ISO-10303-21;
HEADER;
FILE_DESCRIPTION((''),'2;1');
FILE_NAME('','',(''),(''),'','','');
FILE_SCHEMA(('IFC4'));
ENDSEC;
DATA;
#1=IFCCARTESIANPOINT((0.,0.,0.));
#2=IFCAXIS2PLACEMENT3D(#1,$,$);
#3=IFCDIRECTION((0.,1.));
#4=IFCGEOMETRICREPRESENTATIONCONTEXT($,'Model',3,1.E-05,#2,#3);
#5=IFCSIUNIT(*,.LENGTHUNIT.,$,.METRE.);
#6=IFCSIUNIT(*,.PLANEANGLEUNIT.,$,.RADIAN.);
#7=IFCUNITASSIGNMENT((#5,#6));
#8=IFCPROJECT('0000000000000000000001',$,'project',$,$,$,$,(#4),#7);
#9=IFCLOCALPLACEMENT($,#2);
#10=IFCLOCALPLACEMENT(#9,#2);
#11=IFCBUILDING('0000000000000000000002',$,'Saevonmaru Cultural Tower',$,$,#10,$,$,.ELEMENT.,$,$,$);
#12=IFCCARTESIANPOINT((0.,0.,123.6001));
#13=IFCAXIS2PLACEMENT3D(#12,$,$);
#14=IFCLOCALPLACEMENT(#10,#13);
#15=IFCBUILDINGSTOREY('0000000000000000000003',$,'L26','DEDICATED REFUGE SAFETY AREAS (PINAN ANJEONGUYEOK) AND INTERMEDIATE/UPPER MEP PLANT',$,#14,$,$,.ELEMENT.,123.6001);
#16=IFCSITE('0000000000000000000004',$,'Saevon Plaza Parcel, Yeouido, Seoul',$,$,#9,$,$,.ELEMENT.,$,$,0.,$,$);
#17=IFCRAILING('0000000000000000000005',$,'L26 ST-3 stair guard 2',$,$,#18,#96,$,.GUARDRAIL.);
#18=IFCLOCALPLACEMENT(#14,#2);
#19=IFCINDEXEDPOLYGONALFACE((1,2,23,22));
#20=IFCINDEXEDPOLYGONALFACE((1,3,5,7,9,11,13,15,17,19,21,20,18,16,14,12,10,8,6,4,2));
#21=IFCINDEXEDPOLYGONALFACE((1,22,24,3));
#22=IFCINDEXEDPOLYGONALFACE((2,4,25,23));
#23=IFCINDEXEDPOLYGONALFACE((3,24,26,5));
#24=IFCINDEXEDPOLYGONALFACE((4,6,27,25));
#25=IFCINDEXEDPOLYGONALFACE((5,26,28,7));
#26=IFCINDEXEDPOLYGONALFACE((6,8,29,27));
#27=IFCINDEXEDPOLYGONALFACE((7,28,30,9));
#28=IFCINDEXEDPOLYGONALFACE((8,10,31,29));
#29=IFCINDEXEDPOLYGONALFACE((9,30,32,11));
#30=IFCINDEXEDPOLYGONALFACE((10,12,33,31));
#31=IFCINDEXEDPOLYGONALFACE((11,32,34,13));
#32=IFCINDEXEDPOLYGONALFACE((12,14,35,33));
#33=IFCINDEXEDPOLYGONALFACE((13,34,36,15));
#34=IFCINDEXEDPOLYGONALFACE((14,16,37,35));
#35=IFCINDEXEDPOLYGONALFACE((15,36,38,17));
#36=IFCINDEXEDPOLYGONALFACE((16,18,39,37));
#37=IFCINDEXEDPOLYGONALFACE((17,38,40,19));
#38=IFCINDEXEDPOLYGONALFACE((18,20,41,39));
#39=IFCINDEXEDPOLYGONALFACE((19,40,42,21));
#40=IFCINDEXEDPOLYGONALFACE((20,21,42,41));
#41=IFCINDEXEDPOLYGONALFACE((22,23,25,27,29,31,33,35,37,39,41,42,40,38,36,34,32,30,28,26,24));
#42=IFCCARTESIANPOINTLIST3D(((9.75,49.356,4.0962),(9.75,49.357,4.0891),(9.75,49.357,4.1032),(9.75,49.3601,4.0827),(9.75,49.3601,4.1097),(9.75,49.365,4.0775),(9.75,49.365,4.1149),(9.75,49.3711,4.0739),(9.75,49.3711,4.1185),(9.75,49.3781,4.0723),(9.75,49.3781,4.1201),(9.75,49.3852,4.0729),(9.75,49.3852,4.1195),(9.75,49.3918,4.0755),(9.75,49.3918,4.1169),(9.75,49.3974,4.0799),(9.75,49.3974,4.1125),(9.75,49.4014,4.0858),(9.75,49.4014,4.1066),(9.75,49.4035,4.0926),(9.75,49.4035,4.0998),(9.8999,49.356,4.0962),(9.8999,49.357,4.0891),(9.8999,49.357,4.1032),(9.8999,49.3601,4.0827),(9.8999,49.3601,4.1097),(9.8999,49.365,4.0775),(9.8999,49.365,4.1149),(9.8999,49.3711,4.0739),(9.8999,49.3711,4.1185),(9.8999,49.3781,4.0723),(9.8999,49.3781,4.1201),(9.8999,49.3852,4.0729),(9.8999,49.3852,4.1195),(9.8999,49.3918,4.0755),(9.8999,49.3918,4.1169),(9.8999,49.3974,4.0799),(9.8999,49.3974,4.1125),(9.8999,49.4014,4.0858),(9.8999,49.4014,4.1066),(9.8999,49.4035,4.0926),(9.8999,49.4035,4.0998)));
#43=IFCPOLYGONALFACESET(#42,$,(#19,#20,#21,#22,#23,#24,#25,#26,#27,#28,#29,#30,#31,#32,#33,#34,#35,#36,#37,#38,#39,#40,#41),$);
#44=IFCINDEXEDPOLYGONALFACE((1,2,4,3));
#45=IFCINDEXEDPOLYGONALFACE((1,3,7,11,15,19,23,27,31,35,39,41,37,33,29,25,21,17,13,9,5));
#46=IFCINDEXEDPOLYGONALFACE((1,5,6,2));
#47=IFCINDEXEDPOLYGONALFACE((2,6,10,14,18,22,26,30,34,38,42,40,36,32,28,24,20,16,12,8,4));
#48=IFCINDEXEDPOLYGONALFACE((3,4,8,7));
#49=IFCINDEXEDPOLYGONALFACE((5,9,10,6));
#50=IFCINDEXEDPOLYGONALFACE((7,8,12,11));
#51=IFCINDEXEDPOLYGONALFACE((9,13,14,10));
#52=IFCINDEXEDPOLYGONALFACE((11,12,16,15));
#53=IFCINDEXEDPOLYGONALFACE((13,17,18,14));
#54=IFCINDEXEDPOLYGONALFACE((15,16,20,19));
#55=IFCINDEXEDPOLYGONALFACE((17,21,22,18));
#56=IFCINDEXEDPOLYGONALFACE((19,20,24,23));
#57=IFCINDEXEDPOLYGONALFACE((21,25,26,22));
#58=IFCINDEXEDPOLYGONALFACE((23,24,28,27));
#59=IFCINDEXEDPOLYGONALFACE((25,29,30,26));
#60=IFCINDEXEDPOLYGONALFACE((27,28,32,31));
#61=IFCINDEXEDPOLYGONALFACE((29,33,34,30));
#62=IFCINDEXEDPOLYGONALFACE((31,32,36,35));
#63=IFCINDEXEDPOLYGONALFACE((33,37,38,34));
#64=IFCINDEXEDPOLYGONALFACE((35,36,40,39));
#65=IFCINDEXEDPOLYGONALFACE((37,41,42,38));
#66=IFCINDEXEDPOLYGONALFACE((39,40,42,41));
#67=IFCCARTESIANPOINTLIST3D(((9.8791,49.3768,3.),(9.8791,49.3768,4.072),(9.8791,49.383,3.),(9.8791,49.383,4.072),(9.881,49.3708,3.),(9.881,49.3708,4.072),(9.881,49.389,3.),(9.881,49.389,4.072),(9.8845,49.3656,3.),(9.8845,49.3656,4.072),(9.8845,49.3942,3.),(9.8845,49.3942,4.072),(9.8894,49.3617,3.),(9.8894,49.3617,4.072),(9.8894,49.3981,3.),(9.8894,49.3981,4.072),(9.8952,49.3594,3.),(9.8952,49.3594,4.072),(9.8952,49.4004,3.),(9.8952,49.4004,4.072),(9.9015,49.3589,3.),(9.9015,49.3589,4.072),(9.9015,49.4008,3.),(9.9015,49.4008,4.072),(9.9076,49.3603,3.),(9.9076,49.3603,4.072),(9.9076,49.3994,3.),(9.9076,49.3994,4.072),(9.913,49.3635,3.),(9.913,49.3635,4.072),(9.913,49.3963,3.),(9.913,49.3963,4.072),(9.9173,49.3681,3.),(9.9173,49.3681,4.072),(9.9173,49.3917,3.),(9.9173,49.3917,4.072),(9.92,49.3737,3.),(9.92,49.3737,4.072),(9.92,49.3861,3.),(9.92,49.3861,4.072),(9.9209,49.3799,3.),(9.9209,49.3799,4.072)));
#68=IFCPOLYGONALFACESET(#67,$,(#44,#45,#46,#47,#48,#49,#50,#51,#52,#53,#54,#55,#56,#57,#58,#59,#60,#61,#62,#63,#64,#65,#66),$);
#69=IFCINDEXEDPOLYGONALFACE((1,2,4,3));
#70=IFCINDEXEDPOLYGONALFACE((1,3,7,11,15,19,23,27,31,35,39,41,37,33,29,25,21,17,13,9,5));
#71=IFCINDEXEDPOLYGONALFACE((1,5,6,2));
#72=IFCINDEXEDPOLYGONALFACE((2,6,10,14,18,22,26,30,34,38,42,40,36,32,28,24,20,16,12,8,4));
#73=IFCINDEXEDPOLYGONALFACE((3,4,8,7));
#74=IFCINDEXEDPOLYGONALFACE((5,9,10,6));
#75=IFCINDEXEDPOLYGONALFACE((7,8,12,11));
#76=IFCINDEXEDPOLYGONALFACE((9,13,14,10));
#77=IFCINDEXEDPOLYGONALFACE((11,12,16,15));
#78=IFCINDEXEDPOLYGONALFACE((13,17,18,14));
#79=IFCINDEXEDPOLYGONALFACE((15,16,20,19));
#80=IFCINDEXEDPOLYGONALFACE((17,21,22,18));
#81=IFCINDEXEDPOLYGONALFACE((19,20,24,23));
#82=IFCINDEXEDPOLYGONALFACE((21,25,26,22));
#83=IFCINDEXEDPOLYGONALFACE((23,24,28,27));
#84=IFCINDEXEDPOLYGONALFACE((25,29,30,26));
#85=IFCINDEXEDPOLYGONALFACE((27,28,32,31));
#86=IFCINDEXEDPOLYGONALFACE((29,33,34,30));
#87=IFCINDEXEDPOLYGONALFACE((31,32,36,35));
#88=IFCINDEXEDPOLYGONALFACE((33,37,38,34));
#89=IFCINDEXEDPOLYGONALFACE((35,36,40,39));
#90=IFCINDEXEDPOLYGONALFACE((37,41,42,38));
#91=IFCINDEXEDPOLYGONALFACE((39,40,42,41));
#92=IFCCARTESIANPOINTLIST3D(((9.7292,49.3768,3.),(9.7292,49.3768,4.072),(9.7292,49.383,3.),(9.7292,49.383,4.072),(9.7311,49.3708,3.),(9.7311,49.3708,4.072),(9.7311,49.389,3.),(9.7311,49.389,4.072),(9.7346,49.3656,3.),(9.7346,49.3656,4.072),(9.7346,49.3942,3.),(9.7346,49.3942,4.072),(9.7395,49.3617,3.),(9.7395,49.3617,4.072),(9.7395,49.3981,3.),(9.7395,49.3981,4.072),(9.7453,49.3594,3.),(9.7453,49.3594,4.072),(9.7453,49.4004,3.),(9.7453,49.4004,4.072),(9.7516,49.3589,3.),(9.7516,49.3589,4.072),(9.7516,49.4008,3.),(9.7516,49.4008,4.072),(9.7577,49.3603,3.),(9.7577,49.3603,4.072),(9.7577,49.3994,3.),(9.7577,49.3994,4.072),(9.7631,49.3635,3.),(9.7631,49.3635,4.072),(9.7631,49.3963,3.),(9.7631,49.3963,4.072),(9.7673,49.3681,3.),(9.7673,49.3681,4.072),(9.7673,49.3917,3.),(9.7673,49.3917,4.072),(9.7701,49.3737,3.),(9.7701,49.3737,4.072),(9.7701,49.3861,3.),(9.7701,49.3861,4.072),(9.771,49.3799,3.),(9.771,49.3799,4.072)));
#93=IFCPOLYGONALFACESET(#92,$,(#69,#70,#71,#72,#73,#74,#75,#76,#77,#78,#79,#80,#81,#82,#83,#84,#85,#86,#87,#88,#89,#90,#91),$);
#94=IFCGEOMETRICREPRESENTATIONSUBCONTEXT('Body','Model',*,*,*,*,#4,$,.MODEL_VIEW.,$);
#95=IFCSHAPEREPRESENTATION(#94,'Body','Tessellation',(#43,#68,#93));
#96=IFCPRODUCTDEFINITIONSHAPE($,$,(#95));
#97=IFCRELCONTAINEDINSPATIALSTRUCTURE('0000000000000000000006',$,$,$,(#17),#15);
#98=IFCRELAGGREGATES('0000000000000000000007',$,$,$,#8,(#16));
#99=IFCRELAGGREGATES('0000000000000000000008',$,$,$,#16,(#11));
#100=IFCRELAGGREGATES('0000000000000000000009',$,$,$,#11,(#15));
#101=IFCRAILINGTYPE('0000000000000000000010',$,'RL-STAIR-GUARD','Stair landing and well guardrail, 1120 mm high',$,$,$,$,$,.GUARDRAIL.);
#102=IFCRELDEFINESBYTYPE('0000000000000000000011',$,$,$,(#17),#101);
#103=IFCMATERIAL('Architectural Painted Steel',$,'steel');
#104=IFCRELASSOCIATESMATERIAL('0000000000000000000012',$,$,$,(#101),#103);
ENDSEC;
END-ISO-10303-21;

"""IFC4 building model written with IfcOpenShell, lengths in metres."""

from ifc_helpers import new_model, si_unit, direction, frame, origin, origin_2d, place, context, subcontext, project, spatial, circle, extrude, material, type_object, element, save


model = new_model("IFC4")

# Units and contexts
model_context = context("Model", 3, precision=1e-05, world=origin(), true_north=direction((0.0, 1.0)))
body_context = subcontext(model_context, "Body", "Model", "MODEL_VIEW")
ifc_project = project(units=[si_unit("LENGTHUNIT", "METRE"), si_unit("PLANEANGLEUNIT", "RADIAN")], contexts=[model_context])

# Site, building, storey
site_placement = place(None, origin())
site = spatial("IfcSite", under=ifc_project, at=site_placement, Name="Saevon Plaza Parcel, Yeouido, Seoul", CompositionType="ELEMENT", RefElevation=0.0)
building_placement = place(site_placement, origin())
building = spatial("IfcBuilding", under=site, at=building_placement, Name="Saevonmaru Cultural Tower", CompositionType="ELEMENT")
storey_placement = place(building_placement, frame((0.0, 0.0, 123.6001)))
storey = spatial("IfcBuildingStorey", under=building, at=storey_placement, Name="L26", Description="DEDICATED REFUGE SAFETY AREAS (PINAN ANJEONGUYEOK) AND INTERMEDIATE/UPPER MEP PLANT", CompositionType="ELEMENT", Elevation=123.6001)

# Railing
ifc_material_1 = material(Name="Architectural Painted Steel", Category="steel")
railing_type_1 = type_object("IfcRailingType", Name="RL-STAIR-GUARD", Description="Stair landing and well guardrail, 1120 mm high", PredefinedType="GUARDRAIL", material=ifc_material_1)
railing_1_placement = place(storey_placement, frame((9.8999, 49.3799, 3.0)))
element("IfcRailing", 1, at=railing_1_placement, inside=storey, type_object=railing_type_1, Name="L26 ST-3 stair guard 2", PredefinedType="GUARDRAIL", context=body_context, shape_type="SweptSolid", body=[
    extrude(circle(Radius=0.0239, at=origin_2d()), frame((0.0, 0.0, 1.0962), z_axis=(-1.0, 0.0, 0.0), x_axis=(0.0, -1.0, 0.0)), (0.0, 0.0, 1.0), 0.1499),
    extrude(circle(Radius=0.021, at=origin_2d()), origin(), (0.0, 0.0, 1.0), 1.072),
    extrude(circle(Radius=0.021, at=origin_2d()), frame((-0.1499, 0.0, 0.0)), (0.0, 0.0, 1.0), 1.072),
])

save(model, "model.ifc")
